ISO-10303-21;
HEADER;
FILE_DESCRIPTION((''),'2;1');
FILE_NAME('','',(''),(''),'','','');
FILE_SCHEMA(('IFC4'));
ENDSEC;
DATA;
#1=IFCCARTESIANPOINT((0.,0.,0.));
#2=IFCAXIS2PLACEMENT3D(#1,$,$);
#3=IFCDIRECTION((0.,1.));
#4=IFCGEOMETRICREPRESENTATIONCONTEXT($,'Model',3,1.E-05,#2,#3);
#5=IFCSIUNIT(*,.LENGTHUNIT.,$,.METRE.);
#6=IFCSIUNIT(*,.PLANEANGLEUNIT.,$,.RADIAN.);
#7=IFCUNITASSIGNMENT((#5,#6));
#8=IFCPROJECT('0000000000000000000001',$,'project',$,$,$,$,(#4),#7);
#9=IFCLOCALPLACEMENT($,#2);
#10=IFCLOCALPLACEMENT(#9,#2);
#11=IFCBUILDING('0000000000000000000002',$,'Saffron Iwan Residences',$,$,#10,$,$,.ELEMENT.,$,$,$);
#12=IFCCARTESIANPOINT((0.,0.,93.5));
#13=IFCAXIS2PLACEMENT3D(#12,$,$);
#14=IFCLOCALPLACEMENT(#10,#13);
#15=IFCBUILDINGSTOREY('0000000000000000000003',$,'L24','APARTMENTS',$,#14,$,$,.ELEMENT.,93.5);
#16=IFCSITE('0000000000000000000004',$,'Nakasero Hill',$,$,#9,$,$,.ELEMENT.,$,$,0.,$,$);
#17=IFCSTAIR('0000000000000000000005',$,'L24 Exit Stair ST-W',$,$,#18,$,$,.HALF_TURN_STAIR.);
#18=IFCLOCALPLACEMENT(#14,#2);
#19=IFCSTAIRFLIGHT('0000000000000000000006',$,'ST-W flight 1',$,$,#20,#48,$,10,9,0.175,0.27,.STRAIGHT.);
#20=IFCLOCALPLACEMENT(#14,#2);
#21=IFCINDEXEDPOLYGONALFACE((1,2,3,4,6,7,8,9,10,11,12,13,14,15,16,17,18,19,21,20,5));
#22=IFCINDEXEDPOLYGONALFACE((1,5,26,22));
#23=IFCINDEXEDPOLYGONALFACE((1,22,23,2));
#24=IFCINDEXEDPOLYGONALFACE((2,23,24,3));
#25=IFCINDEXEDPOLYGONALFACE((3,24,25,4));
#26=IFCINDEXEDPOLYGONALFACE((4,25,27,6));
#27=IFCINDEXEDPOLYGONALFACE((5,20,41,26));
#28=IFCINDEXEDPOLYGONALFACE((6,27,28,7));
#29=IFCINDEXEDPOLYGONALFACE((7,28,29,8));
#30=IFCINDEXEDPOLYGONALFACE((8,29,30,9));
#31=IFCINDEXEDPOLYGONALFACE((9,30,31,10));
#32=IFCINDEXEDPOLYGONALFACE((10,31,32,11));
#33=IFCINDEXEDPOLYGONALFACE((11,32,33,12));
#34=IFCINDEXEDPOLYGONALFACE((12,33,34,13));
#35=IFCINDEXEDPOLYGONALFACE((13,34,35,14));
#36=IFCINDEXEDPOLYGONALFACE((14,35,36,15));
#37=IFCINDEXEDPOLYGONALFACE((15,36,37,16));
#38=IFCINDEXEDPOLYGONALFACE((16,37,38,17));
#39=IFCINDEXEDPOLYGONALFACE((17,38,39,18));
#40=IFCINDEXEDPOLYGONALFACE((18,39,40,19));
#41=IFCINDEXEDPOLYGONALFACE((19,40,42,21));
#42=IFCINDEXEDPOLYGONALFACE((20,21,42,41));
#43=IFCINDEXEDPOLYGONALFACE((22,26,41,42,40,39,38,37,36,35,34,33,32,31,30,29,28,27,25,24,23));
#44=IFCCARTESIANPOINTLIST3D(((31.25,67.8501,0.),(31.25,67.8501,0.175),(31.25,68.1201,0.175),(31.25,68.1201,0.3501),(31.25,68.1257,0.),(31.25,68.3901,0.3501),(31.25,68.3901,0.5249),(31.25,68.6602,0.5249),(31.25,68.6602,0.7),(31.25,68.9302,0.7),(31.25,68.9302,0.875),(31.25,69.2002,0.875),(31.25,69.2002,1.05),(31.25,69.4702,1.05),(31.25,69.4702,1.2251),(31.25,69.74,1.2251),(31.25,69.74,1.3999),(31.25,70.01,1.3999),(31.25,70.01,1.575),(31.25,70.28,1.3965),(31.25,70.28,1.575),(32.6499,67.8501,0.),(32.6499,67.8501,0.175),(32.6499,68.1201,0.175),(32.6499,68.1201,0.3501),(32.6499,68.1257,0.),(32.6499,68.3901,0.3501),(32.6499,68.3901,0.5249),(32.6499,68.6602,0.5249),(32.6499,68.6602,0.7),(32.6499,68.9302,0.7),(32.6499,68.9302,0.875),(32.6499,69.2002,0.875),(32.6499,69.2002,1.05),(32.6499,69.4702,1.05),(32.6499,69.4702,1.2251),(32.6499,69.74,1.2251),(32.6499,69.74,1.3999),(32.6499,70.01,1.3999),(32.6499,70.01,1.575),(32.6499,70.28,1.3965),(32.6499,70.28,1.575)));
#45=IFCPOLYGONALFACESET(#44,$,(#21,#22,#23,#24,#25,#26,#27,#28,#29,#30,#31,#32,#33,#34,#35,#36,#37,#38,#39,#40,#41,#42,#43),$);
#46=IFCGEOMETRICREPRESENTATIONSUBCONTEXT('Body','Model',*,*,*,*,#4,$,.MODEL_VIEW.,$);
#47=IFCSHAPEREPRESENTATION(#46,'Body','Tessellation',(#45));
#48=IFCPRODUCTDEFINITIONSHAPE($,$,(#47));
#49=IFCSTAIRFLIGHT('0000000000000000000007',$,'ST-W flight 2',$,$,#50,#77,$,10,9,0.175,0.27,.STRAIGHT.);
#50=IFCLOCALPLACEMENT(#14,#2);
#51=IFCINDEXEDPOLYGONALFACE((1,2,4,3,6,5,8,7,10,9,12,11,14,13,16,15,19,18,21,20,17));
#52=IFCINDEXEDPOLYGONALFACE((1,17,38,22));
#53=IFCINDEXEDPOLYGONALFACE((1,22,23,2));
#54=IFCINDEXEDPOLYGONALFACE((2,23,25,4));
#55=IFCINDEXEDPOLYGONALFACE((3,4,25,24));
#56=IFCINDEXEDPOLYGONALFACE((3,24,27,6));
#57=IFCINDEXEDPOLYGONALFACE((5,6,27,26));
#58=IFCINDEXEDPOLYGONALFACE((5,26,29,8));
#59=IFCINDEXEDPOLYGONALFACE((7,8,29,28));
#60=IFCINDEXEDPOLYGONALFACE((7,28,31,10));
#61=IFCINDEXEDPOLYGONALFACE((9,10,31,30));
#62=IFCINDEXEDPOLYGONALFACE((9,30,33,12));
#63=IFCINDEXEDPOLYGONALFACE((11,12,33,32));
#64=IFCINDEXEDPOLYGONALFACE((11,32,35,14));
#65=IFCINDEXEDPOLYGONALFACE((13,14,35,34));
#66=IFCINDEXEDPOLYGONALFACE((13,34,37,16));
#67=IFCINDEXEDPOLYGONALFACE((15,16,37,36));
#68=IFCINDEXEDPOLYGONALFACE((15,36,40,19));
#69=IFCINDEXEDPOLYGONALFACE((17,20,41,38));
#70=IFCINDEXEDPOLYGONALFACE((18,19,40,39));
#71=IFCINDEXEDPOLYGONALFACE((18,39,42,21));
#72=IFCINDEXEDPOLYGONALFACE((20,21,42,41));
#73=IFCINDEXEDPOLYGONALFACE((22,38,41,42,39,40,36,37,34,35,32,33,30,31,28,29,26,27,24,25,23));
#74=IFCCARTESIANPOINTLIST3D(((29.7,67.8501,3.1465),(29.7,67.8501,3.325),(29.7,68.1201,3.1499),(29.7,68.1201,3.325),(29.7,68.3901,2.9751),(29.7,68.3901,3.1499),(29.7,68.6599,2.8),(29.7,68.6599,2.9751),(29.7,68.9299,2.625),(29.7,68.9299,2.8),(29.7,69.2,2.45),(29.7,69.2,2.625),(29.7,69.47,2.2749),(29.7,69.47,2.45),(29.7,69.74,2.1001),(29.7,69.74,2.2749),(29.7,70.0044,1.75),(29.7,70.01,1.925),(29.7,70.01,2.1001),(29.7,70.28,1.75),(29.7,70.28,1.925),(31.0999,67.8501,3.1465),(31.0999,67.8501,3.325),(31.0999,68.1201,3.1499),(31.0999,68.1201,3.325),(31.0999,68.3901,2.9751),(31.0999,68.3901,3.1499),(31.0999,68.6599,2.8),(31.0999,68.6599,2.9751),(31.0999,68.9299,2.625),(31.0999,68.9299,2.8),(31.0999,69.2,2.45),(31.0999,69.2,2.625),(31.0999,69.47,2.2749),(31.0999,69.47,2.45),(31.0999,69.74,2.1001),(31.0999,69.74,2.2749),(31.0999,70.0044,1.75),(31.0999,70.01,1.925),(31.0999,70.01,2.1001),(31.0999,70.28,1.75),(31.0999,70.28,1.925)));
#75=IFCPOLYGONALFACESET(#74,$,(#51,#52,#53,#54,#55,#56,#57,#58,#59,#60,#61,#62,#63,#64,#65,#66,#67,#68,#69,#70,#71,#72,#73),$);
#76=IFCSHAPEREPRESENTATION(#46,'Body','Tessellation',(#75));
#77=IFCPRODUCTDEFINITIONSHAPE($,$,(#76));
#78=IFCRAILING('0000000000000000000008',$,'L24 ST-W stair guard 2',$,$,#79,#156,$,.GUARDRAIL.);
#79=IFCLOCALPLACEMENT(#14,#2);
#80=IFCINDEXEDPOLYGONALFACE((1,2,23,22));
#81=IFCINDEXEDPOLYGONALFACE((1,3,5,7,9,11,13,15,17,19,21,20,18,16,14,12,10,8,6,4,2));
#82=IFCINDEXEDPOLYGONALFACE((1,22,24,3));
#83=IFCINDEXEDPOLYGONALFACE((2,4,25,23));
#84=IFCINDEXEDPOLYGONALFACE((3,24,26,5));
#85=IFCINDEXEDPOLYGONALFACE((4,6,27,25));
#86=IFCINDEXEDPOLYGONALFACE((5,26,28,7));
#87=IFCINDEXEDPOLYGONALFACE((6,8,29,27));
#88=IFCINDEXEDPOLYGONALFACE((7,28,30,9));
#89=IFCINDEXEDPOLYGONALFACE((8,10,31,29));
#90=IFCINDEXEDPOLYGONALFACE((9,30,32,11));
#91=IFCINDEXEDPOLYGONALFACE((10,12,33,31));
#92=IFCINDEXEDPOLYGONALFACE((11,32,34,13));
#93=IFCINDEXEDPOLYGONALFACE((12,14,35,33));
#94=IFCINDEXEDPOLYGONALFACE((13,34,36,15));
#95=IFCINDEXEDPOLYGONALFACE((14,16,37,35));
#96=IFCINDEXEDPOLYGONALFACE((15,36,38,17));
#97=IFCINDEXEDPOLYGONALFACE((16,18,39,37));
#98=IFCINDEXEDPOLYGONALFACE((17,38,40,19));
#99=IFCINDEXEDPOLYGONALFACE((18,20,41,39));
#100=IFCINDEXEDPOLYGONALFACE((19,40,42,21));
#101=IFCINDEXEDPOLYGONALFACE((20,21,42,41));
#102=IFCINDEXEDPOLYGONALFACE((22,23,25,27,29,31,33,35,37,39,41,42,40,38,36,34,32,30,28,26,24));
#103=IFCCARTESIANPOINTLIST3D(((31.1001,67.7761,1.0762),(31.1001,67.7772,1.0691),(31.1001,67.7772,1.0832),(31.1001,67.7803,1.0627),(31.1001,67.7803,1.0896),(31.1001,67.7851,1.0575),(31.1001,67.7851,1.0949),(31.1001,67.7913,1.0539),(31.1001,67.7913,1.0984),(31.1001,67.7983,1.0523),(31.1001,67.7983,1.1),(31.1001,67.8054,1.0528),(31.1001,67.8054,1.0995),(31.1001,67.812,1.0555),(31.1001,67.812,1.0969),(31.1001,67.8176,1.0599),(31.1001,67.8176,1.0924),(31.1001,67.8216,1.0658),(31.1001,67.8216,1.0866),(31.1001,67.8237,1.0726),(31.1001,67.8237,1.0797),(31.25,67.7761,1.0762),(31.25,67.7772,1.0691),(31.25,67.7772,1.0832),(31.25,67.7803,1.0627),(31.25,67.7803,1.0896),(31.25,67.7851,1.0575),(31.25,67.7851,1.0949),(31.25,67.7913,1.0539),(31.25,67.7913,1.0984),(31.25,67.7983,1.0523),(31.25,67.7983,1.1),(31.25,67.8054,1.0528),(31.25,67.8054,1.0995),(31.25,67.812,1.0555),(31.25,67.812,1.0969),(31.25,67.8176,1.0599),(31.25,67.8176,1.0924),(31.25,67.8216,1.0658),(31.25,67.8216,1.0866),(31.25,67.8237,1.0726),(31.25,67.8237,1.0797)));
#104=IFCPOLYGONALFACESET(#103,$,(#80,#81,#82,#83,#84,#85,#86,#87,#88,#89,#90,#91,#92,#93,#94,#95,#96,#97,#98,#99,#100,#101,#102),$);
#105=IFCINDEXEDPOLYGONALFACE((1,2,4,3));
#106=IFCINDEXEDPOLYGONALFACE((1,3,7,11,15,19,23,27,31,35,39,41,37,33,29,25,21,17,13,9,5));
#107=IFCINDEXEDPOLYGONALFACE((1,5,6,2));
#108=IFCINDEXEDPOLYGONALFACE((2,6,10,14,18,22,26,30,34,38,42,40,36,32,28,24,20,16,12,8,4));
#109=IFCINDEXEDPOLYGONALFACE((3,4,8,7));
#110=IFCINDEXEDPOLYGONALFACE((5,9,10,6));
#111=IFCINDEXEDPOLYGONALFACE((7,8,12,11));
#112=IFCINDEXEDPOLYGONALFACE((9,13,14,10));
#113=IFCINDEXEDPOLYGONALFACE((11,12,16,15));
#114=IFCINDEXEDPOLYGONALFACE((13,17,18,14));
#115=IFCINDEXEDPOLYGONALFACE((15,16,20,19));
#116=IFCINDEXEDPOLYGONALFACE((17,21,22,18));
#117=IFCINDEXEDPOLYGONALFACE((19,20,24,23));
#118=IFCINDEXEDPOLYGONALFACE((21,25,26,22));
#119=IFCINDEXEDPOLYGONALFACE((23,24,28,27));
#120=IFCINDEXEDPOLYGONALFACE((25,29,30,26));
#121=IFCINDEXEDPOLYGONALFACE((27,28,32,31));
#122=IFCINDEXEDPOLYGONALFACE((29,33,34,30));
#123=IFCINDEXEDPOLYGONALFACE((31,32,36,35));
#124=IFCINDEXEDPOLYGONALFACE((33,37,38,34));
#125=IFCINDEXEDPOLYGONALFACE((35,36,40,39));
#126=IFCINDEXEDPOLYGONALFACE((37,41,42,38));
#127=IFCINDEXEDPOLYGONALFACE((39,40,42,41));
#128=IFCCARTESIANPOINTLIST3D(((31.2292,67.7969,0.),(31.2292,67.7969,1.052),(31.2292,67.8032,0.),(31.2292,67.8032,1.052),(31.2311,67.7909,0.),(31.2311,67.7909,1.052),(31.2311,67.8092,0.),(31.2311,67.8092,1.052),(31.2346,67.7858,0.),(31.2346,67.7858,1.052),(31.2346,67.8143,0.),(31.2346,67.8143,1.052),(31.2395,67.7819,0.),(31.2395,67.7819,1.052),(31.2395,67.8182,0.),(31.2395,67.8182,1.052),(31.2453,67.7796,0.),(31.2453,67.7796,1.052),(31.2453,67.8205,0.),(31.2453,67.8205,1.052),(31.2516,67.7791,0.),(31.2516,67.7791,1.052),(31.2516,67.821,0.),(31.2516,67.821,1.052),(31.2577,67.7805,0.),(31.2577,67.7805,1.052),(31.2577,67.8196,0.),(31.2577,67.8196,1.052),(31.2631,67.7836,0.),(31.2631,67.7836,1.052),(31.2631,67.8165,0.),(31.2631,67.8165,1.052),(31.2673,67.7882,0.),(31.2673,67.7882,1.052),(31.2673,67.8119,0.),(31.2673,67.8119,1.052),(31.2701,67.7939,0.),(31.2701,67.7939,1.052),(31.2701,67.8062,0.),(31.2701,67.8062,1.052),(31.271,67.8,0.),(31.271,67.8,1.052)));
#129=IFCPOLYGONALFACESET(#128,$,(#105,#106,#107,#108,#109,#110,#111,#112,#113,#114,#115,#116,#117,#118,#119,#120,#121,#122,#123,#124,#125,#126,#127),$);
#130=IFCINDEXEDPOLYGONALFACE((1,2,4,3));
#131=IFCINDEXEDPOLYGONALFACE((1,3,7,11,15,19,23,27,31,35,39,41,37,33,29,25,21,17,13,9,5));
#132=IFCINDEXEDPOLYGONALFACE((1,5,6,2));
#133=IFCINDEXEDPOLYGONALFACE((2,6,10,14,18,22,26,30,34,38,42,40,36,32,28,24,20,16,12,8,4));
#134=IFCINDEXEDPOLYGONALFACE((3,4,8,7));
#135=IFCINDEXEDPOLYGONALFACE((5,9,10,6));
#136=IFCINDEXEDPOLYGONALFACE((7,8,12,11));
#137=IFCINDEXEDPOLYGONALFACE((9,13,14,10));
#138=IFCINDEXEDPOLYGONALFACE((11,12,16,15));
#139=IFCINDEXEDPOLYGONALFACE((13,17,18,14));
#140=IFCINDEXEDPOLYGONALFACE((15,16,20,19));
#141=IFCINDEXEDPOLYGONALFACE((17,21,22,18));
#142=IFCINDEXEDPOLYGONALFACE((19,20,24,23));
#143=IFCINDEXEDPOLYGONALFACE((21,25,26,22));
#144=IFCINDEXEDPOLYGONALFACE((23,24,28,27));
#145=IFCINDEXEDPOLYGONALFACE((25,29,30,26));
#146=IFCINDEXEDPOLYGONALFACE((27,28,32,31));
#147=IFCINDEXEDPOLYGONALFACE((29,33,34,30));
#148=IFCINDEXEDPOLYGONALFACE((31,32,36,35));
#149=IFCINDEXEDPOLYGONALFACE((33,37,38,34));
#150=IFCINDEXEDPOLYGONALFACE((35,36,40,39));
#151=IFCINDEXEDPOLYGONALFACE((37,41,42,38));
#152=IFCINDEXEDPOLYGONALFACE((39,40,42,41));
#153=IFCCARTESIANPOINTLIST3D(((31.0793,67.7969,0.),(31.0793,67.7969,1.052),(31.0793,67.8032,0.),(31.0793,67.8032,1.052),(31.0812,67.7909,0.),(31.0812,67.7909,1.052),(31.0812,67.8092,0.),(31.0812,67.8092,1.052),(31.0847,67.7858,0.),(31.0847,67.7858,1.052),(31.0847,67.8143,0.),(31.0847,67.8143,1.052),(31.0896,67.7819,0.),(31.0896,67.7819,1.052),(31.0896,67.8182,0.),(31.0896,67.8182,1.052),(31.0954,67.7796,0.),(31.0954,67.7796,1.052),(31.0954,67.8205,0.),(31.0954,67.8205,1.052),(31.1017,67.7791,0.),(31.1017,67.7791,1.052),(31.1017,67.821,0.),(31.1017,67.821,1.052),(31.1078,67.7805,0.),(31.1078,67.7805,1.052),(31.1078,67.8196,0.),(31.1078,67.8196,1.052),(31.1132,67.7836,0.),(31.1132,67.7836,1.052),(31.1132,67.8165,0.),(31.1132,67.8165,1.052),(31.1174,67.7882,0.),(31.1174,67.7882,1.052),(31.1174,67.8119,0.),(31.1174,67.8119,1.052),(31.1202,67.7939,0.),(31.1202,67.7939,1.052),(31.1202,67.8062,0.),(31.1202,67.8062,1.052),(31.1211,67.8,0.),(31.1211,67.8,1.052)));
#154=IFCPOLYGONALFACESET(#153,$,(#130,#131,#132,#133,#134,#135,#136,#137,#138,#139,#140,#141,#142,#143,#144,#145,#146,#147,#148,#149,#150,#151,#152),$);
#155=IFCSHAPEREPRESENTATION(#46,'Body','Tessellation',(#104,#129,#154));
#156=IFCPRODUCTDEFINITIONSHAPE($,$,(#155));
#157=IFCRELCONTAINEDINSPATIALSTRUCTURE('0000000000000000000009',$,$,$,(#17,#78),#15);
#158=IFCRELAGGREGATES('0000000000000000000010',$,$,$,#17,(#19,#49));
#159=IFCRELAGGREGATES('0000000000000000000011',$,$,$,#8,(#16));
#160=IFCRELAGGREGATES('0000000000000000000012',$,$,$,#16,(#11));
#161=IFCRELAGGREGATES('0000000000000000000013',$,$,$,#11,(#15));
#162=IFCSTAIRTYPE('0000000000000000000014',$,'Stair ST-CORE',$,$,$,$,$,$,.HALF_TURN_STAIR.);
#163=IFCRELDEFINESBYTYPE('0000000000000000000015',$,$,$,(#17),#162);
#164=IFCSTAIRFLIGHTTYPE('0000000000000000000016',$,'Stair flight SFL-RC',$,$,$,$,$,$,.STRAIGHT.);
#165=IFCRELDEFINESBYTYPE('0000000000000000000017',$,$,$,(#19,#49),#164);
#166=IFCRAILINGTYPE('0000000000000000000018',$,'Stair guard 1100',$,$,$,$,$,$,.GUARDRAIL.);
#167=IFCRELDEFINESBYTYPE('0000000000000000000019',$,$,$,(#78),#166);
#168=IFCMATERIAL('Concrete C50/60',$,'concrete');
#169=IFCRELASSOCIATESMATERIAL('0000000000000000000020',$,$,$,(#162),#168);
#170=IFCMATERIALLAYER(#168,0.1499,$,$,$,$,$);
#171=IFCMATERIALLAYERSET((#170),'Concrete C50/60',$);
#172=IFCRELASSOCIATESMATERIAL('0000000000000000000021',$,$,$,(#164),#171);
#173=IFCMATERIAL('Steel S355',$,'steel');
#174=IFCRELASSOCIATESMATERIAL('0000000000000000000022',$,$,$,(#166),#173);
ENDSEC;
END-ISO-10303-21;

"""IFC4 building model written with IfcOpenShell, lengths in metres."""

from ifc_helpers import new_model, si_unit, direction, frame, origin, origin_2d, place, context, subcontext, project, spatial, polyline, circle, outline, extrude, material, layer, layer_set, type_object, element, aggregate, save


model = new_model("IFC4")

# Units and contexts
model_context = context("Model", 3, precision=1e-05, world=origin(), true_north=direction((0.0, 1.0)))
body_context = subcontext(model_context, "Body", "Model", "MODEL_VIEW")
ifc_project = project(units=[si_unit("LENGTHUNIT", "METRE"), si_unit("PLANEANGLEUNIT", "RADIAN")], contexts=[model_context])

# Site, building, storey
site_placement = place(None, origin())
site = spatial("IfcSite", under=ifc_project, at=site_placement, Name="Nakasero Hill", CompositionType="ELEMENT", RefElevation=0.0)
building_placement = place(site_placement, origin())
building = spatial("IfcBuilding", under=site, at=building_placement, Name="Saffron Iwan Residences", CompositionType="ELEMENT")
storey_placement = place(building_placement, frame((0.0, 0.0, 93.5)))
storey = spatial("IfcBuildingStorey", under=building, at=storey_placement, Name="L24", Description="APARTMENTS", CompositionType="ELEMENT", Elevation=93.5)

# Stair, stair flights
ifc_material_1 = material(Name="Concrete C50/60", Category="concrete")
stair_type = type_object("IfcStairType", Name="Stair ST-CORE", PredefinedType="HALF_TURN_STAIR", material=ifc_material_1)
stair_placement = place(storey_placement, origin())
stair = element("IfcStair", 1, at=stair_placement, inside=storey, type_object=stair_type, Name="L24 Exit Stair ST-W", PredefinedType="HALF_TURN_STAIR")
ifc_layer = layer(ifc_material_1, 0.1499)
ifc_layer_set = layer_set([ifc_layer], Name="Concrete C50/60")
stair_flight_type = type_object("IfcStairFlightType", Name="Stair flight SFL-RC", PredefinedType="STRAIGHT", material=ifc_layer_set)
stair_flight_1_placement = place(storey_placement, frame((31.95, 67.8501, 0.0), z_axis=(0.0, 0.0, 1.0), x_axis=(0.0, 1.0, 0.0)))
stair_flight_1 = element("IfcStairFlight", 2, at=stair_flight_1_placement, type_object=stair_flight_type, Name="ST-W flight 1", NumberOfRisers=10, NumberOfTreads=9, PredefinedType="STRAIGHT", RiserHeight=0.175, TreadLength=0.27, context=body_context, shape_type="SweptSolid", body=[
    extrude(outline(polyline([(0.0, 0.0), (0.0, 0.175), (0.27, 0.175), (0.27, 0.3501), (0.54, 0.3501), (0.54, 0.5249), (0.8101, 0.5249), (0.8101, 0.7), (1.0801, 0.7), (1.0801, 0.875), (1.3501, 0.875), (1.3501, 1.05), (1.6201, 1.05), (1.6201, 1.2251), (1.8899, 1.2251), (1.8899, 1.3999), (2.1599, 1.3999), (2.1599, 1.575), (2.4299, 1.575), (2.4299, 1.75), (2.4299, 1.3965), (0.2756, 0.0), (0.0, 0.0)])), frame((0.0, 0.7, 0.0), z_axis=(0.0, -1.0, 0.0), x_axis=(1.0, 0.0, 0.0)), (0.0, 0.0, 1.0), 1.3999),
])
stair_flight_2_placement = place(storey_placement, frame((30.3999, 70.28, 1.75), z_axis=(0.0, 0.0, 1.0), x_axis=(0.0, -1.0, 0.0)))
stair_flight_2 = element("IfcStairFlight", 3, at=stair_flight_2_placement, type_object=stair_flight_type, Name="ST-W flight 2", NumberOfRisers=10, NumberOfTreads=9, PredefinedType="STRAIGHT", RiserHeight=0.175, TreadLength=0.27, context=body_context, shape_type="SweptSolid", body=[
    extrude(outline(polyline([(0.0, 0.0), (0.0, 0.175), (0.27, 0.175), (0.27, 0.3501), (0.54, 0.3501), (0.54, 0.5249), (0.8101, 0.5249), (0.8101, 0.7), (1.0801, 0.7), (1.0801, 0.875), (1.3501, 0.875), (1.3501, 1.05), (1.6201, 1.05), (1.6201, 1.2251), (1.8899, 1.2251), (1.8899, 1.3999), (2.1599, 1.3999), (2.1599, 1.575), (2.4299, 1.575), (2.4299, 1.75), (2.4299, 1.3965), (0.2756, 0.0), (0.0, 0.0)])), frame((0.0, 0.7, 0.0), z_axis=(0.0, -1.0, 0.0), x_axis=(1.0, 0.0, 0.0)), (0.0, 0.0, 1.0), 1.3999),
])
aggregate(stair, [stair_flight_1, stair_flight_2])

# Railing
ifc_material_2 = material(Name="Steel S355", Category="steel")
railing_type_1 = type_object("IfcRailingType", Name="Stair guard 1100", PredefinedType="GUARDRAIL", material=ifc_material_2)
railing_1_placement = place(storey_placement, frame((31.25, 67.8, 0.0)))
element("IfcRailing", 4, at=railing_1_placement, inside=storey, type_object=railing_type_1, Name="L24 ST-W stair guard 2", PredefinedType="GUARDRAIL", context=body_context, shape_type="SweptSolid", body=[
    extrude(circle(Radius=0.0239, at=origin_2d()), frame((0.0, 0.0, 1.0762), z_axis=(-1.0, 0.0, 0.0), x_axis=(0.0, -1.0, 0.0)), (0.0, 0.0, 1.0), 0.1499),
    extrude(circle(Radius=0.021, at=origin_2d()), origin(), (0.0, 0.0, 1.0), 1.052),
    extrude(circle(Radius=0.021, at=origin_2d()), frame((-0.1499, 0.0, 0.0)), (0.0, 0.0, 1.0), 1.052),
])

save(model, "model.ifc")
